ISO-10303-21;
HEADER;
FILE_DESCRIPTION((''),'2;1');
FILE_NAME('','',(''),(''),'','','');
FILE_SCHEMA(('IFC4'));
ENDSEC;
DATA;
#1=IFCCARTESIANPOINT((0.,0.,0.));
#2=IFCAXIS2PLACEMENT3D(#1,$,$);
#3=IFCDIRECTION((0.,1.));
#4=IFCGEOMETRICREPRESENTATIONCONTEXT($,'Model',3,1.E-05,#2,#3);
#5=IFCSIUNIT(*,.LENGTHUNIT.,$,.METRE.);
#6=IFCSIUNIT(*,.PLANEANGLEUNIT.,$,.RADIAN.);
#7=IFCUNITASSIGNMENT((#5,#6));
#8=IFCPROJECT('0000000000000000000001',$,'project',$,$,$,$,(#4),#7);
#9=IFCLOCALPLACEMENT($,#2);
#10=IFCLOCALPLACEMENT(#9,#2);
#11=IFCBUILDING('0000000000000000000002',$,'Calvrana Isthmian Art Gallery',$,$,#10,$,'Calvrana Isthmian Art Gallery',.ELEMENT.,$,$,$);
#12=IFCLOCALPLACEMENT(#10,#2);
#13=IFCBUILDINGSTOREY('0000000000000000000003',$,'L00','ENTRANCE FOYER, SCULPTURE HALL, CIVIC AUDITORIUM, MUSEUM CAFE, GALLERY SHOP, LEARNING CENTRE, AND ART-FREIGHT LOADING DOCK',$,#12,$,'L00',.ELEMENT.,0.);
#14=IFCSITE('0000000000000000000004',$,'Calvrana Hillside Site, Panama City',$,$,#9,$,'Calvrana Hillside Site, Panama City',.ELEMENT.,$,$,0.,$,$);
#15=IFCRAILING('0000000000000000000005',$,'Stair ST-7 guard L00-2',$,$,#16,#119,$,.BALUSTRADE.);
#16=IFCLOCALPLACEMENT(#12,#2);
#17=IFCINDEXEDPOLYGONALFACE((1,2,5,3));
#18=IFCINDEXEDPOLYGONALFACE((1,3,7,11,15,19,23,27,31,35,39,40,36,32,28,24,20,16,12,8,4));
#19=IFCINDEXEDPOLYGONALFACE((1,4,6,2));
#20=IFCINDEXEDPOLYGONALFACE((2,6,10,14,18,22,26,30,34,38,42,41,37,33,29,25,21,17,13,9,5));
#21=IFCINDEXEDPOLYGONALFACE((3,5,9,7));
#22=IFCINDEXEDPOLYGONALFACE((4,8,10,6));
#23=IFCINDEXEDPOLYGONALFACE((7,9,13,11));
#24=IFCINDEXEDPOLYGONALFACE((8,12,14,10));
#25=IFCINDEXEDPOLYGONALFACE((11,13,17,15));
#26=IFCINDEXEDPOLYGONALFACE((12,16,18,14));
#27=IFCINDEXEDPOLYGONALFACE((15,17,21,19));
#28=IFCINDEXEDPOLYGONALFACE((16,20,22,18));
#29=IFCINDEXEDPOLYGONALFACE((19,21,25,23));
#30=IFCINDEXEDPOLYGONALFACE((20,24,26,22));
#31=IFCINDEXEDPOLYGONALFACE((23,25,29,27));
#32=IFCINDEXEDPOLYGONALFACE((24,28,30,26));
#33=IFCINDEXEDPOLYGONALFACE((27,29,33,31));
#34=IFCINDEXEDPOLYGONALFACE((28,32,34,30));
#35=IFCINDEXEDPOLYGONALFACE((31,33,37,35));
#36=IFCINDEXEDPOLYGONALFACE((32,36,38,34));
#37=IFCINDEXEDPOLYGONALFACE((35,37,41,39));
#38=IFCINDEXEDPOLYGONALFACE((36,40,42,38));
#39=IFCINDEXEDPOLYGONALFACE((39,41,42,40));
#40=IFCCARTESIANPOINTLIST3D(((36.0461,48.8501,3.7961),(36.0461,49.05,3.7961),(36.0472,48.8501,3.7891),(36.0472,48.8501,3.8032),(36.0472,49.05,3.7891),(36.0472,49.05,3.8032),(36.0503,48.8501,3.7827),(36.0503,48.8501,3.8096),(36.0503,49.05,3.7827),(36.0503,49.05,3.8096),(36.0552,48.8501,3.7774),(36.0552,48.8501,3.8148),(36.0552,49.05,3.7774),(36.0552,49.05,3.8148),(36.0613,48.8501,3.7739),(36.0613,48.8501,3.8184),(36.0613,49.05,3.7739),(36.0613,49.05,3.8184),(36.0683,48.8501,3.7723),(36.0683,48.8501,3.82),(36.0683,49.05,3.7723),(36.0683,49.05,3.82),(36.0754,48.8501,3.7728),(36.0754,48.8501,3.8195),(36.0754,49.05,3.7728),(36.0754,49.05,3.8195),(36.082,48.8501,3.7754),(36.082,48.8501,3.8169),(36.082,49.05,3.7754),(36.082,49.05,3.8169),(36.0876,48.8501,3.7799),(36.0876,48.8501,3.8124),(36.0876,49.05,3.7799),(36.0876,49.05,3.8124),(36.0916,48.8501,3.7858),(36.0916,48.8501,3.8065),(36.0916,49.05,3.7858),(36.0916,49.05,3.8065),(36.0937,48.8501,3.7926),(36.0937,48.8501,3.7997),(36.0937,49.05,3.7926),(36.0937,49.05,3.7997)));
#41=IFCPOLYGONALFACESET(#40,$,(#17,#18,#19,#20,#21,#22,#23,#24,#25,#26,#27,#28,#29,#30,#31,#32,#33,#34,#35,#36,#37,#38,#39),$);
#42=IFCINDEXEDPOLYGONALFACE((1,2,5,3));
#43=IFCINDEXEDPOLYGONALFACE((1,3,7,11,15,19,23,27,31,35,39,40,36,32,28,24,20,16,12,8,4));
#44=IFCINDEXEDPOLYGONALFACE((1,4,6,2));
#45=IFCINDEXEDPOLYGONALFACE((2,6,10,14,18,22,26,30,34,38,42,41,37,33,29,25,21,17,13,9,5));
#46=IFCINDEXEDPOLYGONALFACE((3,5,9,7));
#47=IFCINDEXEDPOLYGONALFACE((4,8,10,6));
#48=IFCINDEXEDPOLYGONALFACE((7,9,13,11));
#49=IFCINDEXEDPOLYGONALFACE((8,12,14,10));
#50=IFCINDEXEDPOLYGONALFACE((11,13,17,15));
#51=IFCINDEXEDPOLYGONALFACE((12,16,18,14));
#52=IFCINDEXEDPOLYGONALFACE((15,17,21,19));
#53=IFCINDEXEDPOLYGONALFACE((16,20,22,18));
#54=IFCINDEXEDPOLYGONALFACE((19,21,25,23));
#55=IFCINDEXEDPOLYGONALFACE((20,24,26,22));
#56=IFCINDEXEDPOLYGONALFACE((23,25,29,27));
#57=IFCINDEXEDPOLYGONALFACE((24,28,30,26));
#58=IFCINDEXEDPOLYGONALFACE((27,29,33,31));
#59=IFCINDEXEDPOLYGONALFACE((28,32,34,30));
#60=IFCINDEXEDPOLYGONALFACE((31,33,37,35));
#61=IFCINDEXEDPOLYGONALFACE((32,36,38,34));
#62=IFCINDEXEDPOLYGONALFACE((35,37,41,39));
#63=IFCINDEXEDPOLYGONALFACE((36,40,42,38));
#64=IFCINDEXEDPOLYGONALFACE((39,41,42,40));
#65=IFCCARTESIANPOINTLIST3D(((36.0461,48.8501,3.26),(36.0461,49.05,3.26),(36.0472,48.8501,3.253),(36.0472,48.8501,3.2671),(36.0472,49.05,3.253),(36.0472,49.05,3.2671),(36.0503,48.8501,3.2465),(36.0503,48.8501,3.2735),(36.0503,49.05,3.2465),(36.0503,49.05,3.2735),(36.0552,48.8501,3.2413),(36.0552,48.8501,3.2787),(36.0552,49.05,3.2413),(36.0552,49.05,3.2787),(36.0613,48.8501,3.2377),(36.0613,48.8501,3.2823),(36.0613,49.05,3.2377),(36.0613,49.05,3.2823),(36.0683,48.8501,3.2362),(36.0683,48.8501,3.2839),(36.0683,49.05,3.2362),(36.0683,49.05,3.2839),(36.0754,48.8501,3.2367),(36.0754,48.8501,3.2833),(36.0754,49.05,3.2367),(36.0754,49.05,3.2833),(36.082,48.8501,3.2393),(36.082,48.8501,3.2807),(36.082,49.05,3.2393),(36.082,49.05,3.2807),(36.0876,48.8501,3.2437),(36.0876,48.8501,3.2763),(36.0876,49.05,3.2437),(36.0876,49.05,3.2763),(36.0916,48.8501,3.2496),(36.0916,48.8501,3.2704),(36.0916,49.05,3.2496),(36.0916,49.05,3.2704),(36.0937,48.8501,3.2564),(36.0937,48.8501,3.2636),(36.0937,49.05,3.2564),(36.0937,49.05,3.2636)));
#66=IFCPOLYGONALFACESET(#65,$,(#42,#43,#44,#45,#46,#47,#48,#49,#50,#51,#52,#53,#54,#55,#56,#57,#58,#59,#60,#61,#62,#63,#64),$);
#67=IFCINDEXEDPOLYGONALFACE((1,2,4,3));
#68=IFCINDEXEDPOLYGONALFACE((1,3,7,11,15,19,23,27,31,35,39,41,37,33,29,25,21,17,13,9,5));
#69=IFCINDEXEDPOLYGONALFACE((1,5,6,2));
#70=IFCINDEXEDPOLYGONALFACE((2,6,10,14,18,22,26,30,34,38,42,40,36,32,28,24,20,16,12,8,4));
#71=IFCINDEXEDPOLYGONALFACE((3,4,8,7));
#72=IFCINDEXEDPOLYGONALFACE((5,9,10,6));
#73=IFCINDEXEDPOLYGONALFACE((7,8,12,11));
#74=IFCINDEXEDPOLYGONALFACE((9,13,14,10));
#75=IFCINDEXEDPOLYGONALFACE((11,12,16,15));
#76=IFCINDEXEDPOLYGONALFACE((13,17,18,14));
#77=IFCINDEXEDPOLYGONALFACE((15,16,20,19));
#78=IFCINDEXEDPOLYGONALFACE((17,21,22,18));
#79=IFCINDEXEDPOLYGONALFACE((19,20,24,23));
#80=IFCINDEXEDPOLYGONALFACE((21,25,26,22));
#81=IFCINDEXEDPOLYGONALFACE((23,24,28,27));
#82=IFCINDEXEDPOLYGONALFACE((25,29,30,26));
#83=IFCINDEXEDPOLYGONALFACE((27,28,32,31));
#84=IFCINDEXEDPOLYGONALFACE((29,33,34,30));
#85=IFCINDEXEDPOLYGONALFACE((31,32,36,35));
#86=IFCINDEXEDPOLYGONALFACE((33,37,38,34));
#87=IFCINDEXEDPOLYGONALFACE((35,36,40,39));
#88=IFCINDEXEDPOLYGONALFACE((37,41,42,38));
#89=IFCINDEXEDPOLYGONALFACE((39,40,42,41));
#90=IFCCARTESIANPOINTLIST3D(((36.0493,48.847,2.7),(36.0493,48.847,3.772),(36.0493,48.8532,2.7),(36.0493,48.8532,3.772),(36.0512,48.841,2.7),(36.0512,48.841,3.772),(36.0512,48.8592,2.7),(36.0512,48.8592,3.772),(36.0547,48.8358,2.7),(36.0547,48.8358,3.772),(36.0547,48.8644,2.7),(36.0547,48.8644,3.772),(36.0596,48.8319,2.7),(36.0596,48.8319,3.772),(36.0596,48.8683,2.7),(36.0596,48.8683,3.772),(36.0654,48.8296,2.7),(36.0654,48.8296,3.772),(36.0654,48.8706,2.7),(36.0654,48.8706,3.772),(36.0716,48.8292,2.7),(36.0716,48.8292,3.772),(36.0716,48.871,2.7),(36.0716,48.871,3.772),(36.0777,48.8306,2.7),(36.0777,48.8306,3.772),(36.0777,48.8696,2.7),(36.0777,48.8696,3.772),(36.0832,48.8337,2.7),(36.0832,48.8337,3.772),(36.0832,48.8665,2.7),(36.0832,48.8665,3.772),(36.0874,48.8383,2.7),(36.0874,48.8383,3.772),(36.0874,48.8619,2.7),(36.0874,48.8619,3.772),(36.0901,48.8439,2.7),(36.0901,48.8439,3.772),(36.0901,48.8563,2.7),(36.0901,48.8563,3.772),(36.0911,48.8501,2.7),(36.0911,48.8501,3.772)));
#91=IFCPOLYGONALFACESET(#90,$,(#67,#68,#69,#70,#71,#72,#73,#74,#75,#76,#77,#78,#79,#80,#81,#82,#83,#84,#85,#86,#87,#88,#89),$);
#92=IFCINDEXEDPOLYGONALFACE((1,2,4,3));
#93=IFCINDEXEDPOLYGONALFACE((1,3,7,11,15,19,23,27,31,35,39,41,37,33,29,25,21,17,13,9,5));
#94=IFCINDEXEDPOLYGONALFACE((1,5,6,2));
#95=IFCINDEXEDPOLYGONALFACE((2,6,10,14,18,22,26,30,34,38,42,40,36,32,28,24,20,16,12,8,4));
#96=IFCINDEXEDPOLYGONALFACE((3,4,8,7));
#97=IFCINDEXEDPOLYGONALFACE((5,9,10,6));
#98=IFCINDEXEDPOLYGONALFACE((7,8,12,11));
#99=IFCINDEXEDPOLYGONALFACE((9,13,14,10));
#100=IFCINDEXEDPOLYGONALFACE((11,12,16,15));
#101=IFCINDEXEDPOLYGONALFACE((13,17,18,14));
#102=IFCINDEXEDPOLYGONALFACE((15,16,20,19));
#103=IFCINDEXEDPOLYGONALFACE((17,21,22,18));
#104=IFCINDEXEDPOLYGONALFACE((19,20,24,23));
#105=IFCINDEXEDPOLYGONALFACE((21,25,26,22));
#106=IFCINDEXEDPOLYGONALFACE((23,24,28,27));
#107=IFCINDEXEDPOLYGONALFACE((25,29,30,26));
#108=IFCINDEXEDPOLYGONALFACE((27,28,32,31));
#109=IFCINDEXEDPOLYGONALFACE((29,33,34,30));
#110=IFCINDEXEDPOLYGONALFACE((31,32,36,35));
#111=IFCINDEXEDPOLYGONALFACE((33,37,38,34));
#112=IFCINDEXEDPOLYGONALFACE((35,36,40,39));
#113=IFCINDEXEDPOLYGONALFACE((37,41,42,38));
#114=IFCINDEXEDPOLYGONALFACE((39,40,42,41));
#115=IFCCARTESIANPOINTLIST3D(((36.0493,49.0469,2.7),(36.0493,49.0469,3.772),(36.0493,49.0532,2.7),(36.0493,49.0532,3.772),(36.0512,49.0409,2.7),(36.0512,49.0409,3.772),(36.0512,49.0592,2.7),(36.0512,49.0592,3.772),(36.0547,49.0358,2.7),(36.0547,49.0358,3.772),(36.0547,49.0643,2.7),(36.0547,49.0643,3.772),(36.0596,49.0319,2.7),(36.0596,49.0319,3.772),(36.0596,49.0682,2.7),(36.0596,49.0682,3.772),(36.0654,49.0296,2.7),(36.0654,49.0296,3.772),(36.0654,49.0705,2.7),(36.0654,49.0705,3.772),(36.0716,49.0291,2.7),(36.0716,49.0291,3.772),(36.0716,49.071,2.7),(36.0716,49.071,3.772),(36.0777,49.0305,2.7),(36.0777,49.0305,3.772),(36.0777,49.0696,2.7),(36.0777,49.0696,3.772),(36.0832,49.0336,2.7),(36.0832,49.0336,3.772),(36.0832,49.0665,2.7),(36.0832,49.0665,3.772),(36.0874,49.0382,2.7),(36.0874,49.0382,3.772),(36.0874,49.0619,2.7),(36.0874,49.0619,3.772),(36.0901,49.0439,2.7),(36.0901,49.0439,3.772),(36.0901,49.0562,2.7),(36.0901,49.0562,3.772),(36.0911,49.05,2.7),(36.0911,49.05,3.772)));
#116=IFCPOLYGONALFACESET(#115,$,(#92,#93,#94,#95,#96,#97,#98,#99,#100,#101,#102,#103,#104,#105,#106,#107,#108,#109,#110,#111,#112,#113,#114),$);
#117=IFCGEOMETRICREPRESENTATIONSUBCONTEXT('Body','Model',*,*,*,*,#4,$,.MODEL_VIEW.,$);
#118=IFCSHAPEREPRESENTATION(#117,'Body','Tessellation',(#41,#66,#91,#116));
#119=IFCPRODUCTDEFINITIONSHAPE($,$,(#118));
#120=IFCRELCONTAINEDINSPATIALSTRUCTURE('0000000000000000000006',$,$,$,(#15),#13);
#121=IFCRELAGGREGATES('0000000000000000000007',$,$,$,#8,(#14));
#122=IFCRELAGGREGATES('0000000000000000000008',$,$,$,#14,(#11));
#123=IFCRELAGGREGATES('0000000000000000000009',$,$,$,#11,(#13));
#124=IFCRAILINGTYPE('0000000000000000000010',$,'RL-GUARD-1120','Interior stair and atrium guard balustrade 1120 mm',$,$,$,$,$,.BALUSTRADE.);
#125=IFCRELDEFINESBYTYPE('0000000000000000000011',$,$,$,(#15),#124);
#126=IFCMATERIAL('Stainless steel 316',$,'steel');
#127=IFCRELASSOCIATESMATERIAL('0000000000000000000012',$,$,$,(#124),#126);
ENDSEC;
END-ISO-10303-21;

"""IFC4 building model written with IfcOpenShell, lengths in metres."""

from ifc_helpers import new_model, si_unit, direction, frame, origin, origin_2d, place, context, subcontext, project, spatial, circle, extrude, material, type_object, element, save


model = new_model("IFC4")

# Units and contexts
model_context = context("Model", 3, precision=1e-05, world=origin(), true_north=direction((0.0, 1.0)))
body_context = subcontext(model_context, "Body", "Model", "MODEL_VIEW")
ifc_project = project(units=[si_unit("LENGTHUNIT", "METRE"), si_unit("PLANEANGLEUNIT", "RADIAN")], contexts=[model_context])

# Site, building, storey
site_placement = place(None, origin())
site = spatial("IfcSite", under=ifc_project, at=site_placement, Name="Calvrana Hillside Site, Panama City", LongName="Calvrana Hillside Site, Panama City", CompositionType="ELEMENT", RefElevation=0.0)
building_placement = place(site_placement, origin())
building = spatial("IfcBuilding", under=site, at=building_placement, Name="Calvrana Isthmian Art Gallery", LongName="Calvrana Isthmian Art Gallery", CompositionType="ELEMENT")
storey_placement = place(building_placement, origin())
storey = spatial("IfcBuildingStorey", under=building, at=storey_placement, Name="L00", Description="ENTRANCE FOYER, SCULPTURE HALL, CIVIC AUDITORIUM, MUSEUM CAFE, GALLERY SHOP, LEARNING CENTRE, AND ART-FREIGHT LOADING DOCK", LongName="L00", CompositionType="ELEMENT", Elevation=0.0)

# Railing
ifc_material_1 = material(Name="Stainless steel 316", Category="steel")
railing_type_1 = type_object("IfcRailingType", Name="RL-GUARD-1120", Description="Interior stair and atrium guard balustrade 1120 mm", PredefinedType="BALUSTRADE", material=ifc_material_1)
railing_1_placement = place(storey_placement, frame((36.0701, 48.8501, 2.7)))
element("IfcRailing", 1, at=railing_1_placement, inside=storey, type_object=railing_type_1, Name="Stair ST-7 guard L00-2", PredefinedType="BALUSTRADE", context=body_context, shape_type="SweptSolid", body=[
    extrude(circle(Radius=0.0239, at=origin_2d()), frame((0.0, 0.0, 1.0962), z_axis=(0.0, 1.0, 0.0), x_axis=(-1.0, 0.0, 0.0)), (0.0, 0.0, 1.0), 0.2),
    extrude(circle(Radius=0.0239, at=origin_2d()), frame((0.0, 0.0, 0.5601), z_axis=(0.0, 1.0, 0.0), x_axis=(-1.0, 0.0, 0.0)), (0.0, 0.0, 1.0), 0.2),
    extrude(circle(Radius=0.021, at=origin_2d()), origin(), (0.0, 0.0, 1.0), 1.072),
    extrude(circle(Radius=0.021, at=origin_2d()), frame((0.0, 0.2, 0.0)), (0.0, 0.0, 1.0), 1.072),
])

save(model, "model.ifc")
